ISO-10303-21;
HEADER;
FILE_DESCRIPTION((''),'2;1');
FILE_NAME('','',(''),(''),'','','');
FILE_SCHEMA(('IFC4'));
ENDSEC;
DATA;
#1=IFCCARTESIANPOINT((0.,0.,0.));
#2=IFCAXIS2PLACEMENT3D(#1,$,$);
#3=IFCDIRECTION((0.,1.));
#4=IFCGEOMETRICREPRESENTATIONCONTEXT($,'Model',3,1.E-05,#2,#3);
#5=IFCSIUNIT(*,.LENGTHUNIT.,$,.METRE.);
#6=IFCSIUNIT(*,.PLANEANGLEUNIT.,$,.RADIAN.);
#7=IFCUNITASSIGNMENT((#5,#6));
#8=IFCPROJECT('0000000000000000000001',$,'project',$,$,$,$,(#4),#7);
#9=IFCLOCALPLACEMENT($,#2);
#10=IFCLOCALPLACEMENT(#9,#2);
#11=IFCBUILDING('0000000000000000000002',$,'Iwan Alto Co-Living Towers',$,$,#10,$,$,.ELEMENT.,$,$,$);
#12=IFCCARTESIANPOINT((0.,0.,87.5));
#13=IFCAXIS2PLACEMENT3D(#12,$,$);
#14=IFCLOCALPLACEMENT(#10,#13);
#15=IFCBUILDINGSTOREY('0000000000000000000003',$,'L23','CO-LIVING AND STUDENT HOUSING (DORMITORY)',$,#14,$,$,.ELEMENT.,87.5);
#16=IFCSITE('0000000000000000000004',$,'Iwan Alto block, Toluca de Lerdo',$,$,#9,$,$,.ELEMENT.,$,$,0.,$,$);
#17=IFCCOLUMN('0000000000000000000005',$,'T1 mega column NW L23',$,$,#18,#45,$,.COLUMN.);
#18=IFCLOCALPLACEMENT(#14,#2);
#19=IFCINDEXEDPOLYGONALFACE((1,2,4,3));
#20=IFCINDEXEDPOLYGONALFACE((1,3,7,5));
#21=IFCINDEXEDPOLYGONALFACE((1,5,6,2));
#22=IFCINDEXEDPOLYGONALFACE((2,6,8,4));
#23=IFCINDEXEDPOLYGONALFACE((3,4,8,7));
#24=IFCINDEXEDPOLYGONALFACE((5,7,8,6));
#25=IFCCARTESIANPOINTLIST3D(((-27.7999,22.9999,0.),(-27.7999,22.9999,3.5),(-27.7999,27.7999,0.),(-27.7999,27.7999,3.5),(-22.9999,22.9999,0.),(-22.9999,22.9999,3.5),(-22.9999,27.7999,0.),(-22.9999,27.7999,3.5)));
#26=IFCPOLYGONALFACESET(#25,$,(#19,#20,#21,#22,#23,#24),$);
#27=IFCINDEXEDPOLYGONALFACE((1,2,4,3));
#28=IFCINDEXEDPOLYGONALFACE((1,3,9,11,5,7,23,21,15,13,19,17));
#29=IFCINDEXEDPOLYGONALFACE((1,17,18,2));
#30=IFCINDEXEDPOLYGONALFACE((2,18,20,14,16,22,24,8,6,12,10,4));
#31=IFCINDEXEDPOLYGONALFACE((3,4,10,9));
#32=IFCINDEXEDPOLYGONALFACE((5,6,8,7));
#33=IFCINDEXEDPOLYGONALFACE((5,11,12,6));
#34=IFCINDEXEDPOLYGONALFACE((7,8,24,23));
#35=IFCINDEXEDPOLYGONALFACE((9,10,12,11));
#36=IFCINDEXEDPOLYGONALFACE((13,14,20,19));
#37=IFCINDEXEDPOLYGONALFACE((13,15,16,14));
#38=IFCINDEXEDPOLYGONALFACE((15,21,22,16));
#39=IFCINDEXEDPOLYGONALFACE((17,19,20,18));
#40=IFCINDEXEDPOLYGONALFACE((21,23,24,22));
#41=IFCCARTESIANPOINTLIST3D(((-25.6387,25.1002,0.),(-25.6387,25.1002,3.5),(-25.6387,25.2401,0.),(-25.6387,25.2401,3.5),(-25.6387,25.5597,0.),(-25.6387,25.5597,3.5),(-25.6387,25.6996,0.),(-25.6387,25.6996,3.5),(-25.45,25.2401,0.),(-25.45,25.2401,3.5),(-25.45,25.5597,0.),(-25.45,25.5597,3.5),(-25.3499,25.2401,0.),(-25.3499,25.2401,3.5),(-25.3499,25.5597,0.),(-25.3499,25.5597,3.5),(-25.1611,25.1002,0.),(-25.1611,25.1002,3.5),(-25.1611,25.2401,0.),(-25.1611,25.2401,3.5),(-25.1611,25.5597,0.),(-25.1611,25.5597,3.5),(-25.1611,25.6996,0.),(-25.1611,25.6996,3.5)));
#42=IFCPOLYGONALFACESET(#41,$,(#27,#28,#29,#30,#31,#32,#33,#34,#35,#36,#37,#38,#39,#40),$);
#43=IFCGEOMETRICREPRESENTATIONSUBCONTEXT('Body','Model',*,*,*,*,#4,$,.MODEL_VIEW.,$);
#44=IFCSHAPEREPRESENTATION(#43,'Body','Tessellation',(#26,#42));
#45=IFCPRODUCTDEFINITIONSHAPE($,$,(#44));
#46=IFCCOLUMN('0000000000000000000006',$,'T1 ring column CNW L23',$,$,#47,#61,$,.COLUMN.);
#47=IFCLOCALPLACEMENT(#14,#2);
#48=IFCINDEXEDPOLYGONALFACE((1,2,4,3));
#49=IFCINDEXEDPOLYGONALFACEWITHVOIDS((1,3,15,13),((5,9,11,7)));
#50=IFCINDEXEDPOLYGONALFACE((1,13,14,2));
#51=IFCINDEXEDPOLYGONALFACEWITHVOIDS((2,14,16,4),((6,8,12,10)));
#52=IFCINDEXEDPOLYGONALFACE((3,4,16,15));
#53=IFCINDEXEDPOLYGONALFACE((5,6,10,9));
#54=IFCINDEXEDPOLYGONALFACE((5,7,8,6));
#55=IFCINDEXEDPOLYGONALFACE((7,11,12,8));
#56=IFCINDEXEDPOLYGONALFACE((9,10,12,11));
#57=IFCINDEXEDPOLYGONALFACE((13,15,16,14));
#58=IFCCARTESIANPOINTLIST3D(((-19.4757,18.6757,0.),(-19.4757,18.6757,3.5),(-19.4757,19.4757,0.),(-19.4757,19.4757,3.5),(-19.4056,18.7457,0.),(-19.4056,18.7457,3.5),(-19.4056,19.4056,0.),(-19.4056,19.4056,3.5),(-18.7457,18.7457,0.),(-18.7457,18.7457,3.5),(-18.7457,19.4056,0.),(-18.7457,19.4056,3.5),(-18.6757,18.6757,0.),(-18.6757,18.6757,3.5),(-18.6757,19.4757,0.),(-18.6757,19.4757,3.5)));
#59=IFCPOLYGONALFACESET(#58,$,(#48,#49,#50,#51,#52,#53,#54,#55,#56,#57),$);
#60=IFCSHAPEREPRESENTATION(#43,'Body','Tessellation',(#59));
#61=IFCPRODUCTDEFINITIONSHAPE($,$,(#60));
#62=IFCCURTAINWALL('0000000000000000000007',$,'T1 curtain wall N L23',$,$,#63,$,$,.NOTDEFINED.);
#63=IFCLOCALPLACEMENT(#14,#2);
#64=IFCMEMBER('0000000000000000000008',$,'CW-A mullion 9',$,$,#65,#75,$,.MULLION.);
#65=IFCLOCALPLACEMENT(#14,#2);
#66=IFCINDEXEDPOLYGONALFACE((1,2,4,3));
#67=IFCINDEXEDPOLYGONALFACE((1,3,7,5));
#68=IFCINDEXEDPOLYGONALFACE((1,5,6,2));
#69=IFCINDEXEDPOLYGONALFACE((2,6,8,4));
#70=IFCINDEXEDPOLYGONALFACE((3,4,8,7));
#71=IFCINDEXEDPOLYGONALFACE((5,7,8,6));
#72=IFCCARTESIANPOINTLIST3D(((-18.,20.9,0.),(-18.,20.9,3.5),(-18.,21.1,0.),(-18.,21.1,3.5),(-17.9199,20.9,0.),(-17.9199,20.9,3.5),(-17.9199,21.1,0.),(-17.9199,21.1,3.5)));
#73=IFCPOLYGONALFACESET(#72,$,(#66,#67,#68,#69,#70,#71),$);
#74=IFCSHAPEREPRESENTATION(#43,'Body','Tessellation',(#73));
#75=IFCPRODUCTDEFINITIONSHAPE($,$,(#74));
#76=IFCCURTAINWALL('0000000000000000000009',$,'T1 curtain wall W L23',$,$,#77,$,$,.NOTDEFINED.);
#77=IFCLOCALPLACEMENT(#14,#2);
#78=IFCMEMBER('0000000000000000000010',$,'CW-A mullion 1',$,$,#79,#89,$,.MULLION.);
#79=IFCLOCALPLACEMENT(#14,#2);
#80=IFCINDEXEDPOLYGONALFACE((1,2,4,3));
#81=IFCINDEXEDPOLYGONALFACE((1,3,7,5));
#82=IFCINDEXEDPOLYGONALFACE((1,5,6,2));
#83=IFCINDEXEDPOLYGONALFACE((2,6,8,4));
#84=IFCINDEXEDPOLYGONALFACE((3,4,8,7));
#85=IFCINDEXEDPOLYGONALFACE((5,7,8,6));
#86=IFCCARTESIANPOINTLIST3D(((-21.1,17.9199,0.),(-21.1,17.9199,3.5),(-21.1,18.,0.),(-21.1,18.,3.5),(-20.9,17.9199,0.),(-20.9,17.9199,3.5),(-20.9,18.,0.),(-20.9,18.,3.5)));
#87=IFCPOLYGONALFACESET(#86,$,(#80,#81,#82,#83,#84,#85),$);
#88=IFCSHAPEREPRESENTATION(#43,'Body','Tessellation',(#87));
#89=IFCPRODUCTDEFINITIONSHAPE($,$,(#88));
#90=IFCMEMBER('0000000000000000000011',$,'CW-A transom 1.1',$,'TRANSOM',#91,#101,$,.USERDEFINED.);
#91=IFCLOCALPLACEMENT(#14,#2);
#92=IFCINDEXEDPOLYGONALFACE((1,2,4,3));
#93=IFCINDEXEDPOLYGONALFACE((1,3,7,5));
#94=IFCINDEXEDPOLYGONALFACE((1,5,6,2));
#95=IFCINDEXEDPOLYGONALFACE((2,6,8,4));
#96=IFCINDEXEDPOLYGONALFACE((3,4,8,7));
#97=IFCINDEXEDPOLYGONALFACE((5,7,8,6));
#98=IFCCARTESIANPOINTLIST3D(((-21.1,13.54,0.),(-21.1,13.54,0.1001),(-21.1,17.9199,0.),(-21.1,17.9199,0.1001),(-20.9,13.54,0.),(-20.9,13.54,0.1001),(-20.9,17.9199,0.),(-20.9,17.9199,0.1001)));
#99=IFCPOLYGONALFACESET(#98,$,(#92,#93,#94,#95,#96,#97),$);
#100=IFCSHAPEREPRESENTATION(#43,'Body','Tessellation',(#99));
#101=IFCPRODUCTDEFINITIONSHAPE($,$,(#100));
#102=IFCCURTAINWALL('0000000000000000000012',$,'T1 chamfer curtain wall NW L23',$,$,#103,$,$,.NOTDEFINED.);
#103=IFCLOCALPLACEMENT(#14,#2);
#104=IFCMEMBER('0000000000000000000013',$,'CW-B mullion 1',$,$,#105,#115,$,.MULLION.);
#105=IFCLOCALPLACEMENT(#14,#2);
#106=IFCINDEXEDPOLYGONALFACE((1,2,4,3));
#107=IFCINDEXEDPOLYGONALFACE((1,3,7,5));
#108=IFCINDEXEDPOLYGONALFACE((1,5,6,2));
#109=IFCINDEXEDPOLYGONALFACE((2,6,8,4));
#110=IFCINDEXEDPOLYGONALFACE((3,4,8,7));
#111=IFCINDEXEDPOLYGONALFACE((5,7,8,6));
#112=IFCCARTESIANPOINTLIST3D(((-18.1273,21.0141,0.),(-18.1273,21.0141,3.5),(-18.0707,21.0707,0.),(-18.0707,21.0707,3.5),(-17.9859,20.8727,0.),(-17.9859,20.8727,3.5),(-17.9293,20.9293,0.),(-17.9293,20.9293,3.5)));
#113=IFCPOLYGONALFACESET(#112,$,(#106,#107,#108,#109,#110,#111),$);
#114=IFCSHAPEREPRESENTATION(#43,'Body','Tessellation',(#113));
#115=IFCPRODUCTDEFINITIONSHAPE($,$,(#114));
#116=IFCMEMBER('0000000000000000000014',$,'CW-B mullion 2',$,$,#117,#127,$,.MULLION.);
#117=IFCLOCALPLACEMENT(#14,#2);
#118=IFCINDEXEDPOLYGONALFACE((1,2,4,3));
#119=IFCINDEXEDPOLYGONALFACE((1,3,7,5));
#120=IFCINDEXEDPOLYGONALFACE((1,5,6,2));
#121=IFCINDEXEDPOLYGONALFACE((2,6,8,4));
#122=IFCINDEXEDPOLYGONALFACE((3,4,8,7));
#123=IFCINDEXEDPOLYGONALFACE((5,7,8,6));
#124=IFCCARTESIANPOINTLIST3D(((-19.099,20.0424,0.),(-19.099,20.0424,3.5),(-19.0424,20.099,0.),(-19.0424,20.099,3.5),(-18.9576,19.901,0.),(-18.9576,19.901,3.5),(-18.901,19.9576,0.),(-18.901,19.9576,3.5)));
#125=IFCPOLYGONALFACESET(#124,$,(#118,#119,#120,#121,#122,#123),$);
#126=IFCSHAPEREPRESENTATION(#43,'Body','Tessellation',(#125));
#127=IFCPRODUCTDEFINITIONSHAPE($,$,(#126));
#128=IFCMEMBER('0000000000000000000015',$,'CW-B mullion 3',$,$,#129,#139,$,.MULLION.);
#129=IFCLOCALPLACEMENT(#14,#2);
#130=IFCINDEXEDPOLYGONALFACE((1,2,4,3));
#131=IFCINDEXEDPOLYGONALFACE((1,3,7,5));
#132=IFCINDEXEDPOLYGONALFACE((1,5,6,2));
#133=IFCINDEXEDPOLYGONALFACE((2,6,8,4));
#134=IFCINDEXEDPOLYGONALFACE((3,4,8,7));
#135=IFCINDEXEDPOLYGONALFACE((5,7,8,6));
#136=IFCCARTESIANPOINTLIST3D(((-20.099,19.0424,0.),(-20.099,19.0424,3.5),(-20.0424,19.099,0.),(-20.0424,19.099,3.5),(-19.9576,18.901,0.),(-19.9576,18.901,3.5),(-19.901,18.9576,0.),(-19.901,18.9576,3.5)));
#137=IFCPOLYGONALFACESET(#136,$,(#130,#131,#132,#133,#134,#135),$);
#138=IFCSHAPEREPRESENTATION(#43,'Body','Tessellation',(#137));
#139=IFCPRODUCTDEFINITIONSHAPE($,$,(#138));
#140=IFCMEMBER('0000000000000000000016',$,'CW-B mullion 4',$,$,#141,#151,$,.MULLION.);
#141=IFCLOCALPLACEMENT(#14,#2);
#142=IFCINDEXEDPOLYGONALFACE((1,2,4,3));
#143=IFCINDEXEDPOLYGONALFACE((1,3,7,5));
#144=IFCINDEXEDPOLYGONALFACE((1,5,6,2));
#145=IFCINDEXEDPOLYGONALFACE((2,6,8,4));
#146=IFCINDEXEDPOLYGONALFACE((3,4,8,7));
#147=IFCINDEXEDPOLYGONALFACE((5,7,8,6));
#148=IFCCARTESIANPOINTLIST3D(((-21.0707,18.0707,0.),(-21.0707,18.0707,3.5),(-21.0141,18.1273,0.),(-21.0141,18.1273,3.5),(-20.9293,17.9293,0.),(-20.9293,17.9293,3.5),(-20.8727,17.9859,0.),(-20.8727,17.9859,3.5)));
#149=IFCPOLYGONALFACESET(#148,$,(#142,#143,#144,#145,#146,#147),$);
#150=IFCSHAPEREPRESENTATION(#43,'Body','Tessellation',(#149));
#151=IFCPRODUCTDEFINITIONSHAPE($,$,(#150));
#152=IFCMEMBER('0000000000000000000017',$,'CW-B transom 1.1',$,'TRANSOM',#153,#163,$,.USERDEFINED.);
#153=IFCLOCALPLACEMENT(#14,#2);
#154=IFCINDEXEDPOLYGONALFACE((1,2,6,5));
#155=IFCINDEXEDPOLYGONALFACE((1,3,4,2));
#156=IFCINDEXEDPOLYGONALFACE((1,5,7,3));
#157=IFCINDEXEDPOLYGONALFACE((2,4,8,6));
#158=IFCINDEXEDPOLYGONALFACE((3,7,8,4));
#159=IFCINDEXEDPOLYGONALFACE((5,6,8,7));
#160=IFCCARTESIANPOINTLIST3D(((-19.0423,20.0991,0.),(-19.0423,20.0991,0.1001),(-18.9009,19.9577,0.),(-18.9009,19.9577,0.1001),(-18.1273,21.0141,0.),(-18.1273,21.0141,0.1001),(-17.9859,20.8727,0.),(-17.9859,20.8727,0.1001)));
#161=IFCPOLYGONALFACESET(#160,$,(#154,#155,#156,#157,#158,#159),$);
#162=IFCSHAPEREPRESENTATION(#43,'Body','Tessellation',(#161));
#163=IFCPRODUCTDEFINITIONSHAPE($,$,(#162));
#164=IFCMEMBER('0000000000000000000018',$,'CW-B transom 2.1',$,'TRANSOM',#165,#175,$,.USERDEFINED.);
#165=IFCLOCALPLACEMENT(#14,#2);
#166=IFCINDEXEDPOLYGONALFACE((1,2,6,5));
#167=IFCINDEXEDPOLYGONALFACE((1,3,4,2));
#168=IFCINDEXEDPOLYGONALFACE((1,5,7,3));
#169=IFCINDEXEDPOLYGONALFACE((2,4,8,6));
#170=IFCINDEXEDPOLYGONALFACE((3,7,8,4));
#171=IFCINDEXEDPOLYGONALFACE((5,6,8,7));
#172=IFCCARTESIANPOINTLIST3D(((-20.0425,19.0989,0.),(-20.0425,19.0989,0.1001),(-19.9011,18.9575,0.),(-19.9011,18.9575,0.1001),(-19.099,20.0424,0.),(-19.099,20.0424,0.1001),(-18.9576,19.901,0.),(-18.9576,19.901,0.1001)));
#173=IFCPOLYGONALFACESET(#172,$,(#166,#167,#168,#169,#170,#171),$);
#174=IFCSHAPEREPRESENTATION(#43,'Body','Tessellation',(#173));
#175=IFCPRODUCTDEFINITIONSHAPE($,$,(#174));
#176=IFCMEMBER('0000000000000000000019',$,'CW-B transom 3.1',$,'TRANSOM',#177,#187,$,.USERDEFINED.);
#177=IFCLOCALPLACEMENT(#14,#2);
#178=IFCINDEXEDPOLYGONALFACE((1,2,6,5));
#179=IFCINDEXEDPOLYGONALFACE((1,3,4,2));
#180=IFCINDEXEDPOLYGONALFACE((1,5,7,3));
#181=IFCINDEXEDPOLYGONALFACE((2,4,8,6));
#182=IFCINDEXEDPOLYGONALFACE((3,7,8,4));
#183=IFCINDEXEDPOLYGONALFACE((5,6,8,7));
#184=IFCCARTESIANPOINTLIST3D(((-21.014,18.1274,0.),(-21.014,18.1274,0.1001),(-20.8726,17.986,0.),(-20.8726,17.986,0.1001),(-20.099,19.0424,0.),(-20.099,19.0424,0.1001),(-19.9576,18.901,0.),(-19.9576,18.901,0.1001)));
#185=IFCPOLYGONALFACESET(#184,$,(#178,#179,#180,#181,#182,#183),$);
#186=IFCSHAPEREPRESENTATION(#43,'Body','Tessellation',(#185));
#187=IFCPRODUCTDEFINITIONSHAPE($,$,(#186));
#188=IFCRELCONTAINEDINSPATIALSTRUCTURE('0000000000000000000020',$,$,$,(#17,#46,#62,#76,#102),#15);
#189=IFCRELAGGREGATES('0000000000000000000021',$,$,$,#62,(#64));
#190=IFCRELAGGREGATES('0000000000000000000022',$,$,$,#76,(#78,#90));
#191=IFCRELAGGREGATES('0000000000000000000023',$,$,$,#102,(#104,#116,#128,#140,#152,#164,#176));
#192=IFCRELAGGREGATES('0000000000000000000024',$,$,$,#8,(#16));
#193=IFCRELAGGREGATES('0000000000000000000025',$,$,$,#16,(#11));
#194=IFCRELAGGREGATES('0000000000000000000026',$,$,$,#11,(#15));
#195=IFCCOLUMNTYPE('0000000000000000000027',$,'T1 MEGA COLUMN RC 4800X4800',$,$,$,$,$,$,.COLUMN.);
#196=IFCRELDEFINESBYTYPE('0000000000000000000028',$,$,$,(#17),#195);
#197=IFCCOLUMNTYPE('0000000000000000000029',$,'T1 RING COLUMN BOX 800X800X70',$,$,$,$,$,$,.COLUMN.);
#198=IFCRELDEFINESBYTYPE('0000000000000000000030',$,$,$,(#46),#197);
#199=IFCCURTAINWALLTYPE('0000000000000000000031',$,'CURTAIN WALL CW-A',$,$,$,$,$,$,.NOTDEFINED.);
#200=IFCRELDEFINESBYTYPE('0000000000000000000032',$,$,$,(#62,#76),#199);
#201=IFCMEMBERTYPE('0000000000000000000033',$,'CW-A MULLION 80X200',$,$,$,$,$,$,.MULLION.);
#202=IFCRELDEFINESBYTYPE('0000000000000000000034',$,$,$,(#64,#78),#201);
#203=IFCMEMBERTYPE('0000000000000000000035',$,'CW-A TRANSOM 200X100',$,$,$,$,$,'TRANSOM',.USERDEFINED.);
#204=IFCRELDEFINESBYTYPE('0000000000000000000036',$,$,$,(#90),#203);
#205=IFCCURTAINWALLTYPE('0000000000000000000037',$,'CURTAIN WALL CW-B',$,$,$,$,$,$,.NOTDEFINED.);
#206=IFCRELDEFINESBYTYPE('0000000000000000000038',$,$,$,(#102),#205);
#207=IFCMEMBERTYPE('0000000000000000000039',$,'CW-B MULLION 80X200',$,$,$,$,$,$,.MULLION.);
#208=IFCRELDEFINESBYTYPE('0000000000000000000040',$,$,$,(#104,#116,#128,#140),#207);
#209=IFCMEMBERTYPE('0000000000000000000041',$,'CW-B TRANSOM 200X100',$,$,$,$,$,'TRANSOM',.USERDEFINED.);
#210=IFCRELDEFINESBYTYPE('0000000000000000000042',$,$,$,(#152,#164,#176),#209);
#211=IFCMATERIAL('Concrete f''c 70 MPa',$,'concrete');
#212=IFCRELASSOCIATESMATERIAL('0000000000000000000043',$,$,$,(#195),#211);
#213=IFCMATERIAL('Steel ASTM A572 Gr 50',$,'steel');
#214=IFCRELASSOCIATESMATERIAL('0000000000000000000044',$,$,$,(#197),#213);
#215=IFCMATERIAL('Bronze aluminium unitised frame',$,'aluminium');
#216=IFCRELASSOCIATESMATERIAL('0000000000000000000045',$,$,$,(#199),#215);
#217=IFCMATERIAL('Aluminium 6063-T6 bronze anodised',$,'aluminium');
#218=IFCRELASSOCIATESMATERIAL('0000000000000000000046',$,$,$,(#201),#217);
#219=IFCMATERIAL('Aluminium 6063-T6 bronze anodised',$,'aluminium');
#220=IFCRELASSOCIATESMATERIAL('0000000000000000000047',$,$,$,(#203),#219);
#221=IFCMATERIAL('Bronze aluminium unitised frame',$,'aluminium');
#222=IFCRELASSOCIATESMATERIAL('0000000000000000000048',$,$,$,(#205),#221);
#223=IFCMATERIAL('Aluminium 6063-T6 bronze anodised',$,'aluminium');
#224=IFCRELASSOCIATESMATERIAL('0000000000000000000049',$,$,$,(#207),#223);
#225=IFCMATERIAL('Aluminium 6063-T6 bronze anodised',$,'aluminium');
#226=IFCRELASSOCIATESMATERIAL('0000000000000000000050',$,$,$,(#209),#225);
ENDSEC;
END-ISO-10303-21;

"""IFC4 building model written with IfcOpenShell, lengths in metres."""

from ifc_helpers import new_model, si_unit, direction, frame, origin, origin_2d, place, context, subcontext, project, spatial, rectangle, hollow_rectangle, i_section, extrude, material, material_profile, profile_set, type_object, element, aggregate, save


model = new_model("IFC4")

# Units and contexts
model_context = context("Model", 3, precision=1e-05, world=origin(), true_north=direction((0.0, 1.0)))
body_context = subcontext(model_context, "Body", "Model", "MODEL_VIEW")
ifc_project = project(units=[si_unit("LENGTHUNIT", "METRE"), si_unit("PLANEANGLEUNIT", "RADIAN")], contexts=[model_context])

# Site, building, storey
site_placement = place(None, origin())
site = spatial("IfcSite", under=ifc_project, at=site_placement, Name="Iwan Alto block, Toluca de Lerdo", CompositionType="ELEMENT", RefElevation=0.0)
building_placement = place(site_placement, origin())
building = spatial("IfcBuilding", under=site, at=building_placement, Name="Iwan Alto Co-Living Towers", CompositionType="ELEMENT")
storey_placement = place(building_placement, frame((0.0, 0.0, 87.5)))
storey = spatial("IfcBuildingStorey", under=building, at=storey_placement, Name="L23", Description="CO-LIVING AND STUDENT HOUSING (DORMITORY)", CompositionType="ELEMENT", Elevation=87.5)

# Columns
ifc_material_1 = material(Name="Concrete f'c 70 MPa", Category="concrete")
ifc_material_profile_1 = material_profile(ifc_material_1, rectangle(XDim=4.8, YDim=4.8, at=origin_2d()), Name="RC 4800X4800")
ifc_profile_set_1 = profile_set([ifc_material_profile_1], Name="Concrete f'c 70 MPa")
column_type_1 = type_object("IfcColumnType", Name="T1 MEGA COLUMN RC 4800X4800", PredefinedType="COLUMN", material=ifc_profile_set_1)
column_1_placement = place(storey_placement, frame((-25.3999, 25.3999, 0.0), z_axis=(0.0, 0.0, 1.0), x_axis=(1.0, 0.0, 0.0)))
element("IfcColumn", 1, at=column_1_placement, inside=storey, type_object=column_type_1, Name="T1 mega column NW L23", PredefinedType="COLUMN", context=body_context, shape_type="SweptSolid", body=[
    extrude(rectangle(XDim=4.8, YDim=4.8, at=origin_2d()), origin(), (0.0, 0.0, 1.0), 3.5),
    extrude(i_section(OverallWidth=0.4775, OverallDepth=0.5994, WebThickness=0.1001, FlangeThickness=0.1399, at=origin_2d()), origin(), (0.0, 0.0, 1.0), 3.5),
])
ifc_material_2 = material(Name="Steel ASTM A572 Gr 50", Category="steel")
ifc_material_profile_2 = material_profile(ifc_material_2, hollow_rectangle(XDim=0.8, YDim=0.8, WallThickness=0.0701, at=origin_2d()), Name="BOX 800X800X70")
ifc_profile_set_2 = profile_set([ifc_material_profile_2], Name="Steel ASTM A572 Gr 50")
column_type_2 = type_object("IfcColumnType", Name="T1 RING COLUMN BOX 800X800X70", PredefinedType="COLUMN", material=ifc_profile_set_2)
column_2_placement = place(storey_placement, frame((-19.0757, 19.0757, 0.0), z_axis=(0.0, 0.0, 1.0), x_axis=(1.0, 0.0, 0.0)))
element("IfcColumn", 2, at=column_2_placement, inside=storey, type_object=column_type_2, Name="T1 ring column CNW L23", PredefinedType="COLUMN", context=body_context, shape_type="SweptSolid", body=[
    extrude(hollow_rectangle(XDim=0.8, YDim=0.8, WallThickness=0.0701, at=origin_2d()), origin(), (0.0, 0.0, 1.0), 3.5),
])

# Curtain wall, member
ifc_material_3 = material(Name="Bronze aluminium unitised frame", Category="aluminium")
curtain_wall_type_1 = type_object("IfcCurtainWallType", Name="CURTAIN WALL CW-A", PredefinedType="NOTDEFINED", material=ifc_material_3)
curtain_wall_1_placement = place(storey_placement, origin())
curtain_wall_1 = element("IfcCurtainWall", 3, at=curtain_wall_1_placement, inside=storey, type_object=curtain_wall_type_1, Name="T1 curtain wall N L23", PredefinedType="NOTDEFINED")
ifc_material_4 = material(Name="Aluminium 6063-T6 bronze anodised", Category="aluminium")
ifc_material_profile_3 = material_profile(ifc_material_4, rectangle(XDim=0.2, YDim=0.0801, at=origin_2d()), Name="AL 80X200")
ifc_profile_set_3 = profile_set([ifc_material_profile_3], Name="Aluminium 6063-T6 bronze anodised")
member_type_1 = type_object("IfcMemberType", Name="CW-A MULLION 80X200", PredefinedType="MULLION", material=ifc_profile_set_3)
member_1_placement = place(storey_placement, frame((-17.96, 21.0, 0.0), z_axis=(0.0, 0.0, 1.0), x_axis=(0.0, -1.0, 0.0)))
member_1 = element("IfcMember", 4, at=member_1_placement, type_object=member_type_1, Name="CW-A mullion 9", PredefinedType="MULLION", context=body_context, shape_type="SweptSolid", body=[
    extrude(rectangle(XDim=0.2, YDim=0.0801, at=origin_2d()), origin(), (0.0, 0.0, 1.0), 3.5),
])

# Curtain walls, members
curtain_wall_2_placement = place(storey_placement, origin())
curtain_wall_2 = element("IfcCurtainWall", 5, at=curtain_wall_2_placement, inside=storey, type_object=curtain_wall_type_1, Name="T1 curtain wall W L23", PredefinedType="NOTDEFINED")
member_2_placement = place(storey_placement, frame((-21.0, 17.96, 0.0), z_axis=(0.0, 0.0, 1.0), x_axis=(1.0, 0.0, 0.0)))
member_2 = element("IfcMember", 6, at=member_2_placement, type_object=member_type_1, Name="CW-A mullion 1", PredefinedType="MULLION", context=body_context, shape_type="SweptSolid", body=[
    extrude(rectangle(XDim=0.2, YDim=0.0801, at=origin_2d()), origin(), (0.0, 0.0, 1.0), 3.5),
])
ifc_material_5 = material(Name="Aluminium 6063-T6 bronze anodised", Category="aluminium")
ifc_material_profile_4 = material_profile(ifc_material_5, rectangle(XDim=0.2, YDim=0.1001, at=origin_2d()), Name="AL 200X100")
ifc_profile_set_4 = profile_set([ifc_material_profile_4], Name="Aluminium 6063-T6 bronze anodised")
member_type_2 = type_object("IfcMemberType", Name="CW-A TRANSOM 200X100", ElementType="TRANSOM", PredefinedType="USERDEFINED", material=ifc_profile_set_4)
member_3_placement = place(storey_placement, frame((-21.0, 17.9199, 0.05), z_axis=(0.0, -1.0, 0.0), x_axis=(1.0, 0.0, 0.0)))
member_3 = element("IfcMember", 7, at=member_3_placement, type_object=member_type_2, Name="CW-A transom 1.1", ObjectType="TRANSOM", PredefinedType="USERDEFINED", context=body_context, shape_type="SweptSolid", body=[
    extrude(rectangle(XDim=0.2, YDim=0.1001, at=origin_2d()), origin(), (0.0, 0.0, 1.0), 4.3799),
])
ifc_material_6 = material(Name="Bronze aluminium unitised frame", Category="aluminium")
curtain_wall_type_2 = type_object("IfcCurtainWallType", Name="CURTAIN WALL CW-B", PredefinedType="NOTDEFINED", material=ifc_material_6)
curtain_wall_3_placement = place(storey_placement, origin())
curtain_wall_3 = element("IfcCurtainWall", 8, at=curtain_wall_3_placement, inside=storey, type_object=curtain_wall_type_2, Name="T1 chamfer curtain wall NW L23", PredefinedType="NOTDEFINED")
ifc_material_7 = material(Name="Aluminium 6063-T6 bronze anodised", Category="aluminium")
ifc_material_profile_5 = material_profile(ifc_material_7, rectangle(XDim=0.2, YDim=0.0801, at=origin_2d()), Name="AL 80X200")
ifc_profile_set_5 = profile_set([ifc_material_profile_5], Name="Aluminium 6063-T6 bronze anodised")
member_type_3 = type_object("IfcMemberType", Name="CW-B MULLION 80X200", PredefinedType="MULLION", material=ifc_profile_set_5)
member_4_placement = place(storey_placement, frame((-18.0283, 20.9717, 0.0), z_axis=(0.0, 0.0, 1.0), x_axis=(0.707107, -0.707107, 0.0)))
member_4 = element("IfcMember", 9, at=member_4_placement, type_object=member_type_3, Name="CW-B mullion 1", PredefinedType="MULLION", context=body_context, shape_type="SweptSolid", body=[
    extrude(rectangle(XDim=0.2, YDim=0.0801, at=origin_2d()), origin(), (0.0, 0.0, 1.0), 3.5),
])
member_5_placement = place(storey_placement, frame((-19.0, 20.0, 0.0), z_axis=(0.0, 0.0, 1.0), x_axis=(0.707107, -0.707107, 0.0)))
member_5 = element("IfcMember", 10, at=member_5_placement, type_object=member_type_3, Name="CW-B mullion 2", PredefinedType="MULLION", context=body_context, shape_type="SweptSolid", body=[
    extrude(rectangle(XDim=0.2, YDim=0.0801, at=origin_2d()), origin(), (0.0, 0.0, 1.0), 3.5),
])
member_6_placement = place(storey_placement, frame((-20.0, 19.0, 0.0), z_axis=(0.0, 0.0, 1.0), x_axis=(0.707107, -0.707107, 0.0)))
member_6 = element("IfcMember", 11, at=member_6_placement, type_object=member_type_3, Name="CW-B mullion 3", PredefinedType="MULLION", context=body_context, shape_type="SweptSolid", body=[
    extrude(rectangle(XDim=0.2, YDim=0.0801, at=origin_2d()), origin(), (0.0, 0.0, 1.0), 3.5),
])
member_7_placement = place(storey_placement, frame((-20.9717, 18.0283, 0.0), z_axis=(0.0, 0.0, 1.0), x_axis=(0.707107, -0.707107, 0.0)))
member_7 = element("IfcMember", 12, at=member_7_placement, type_object=member_type_3, Name="CW-B mullion 4", PredefinedType="MULLION", context=body_context, shape_type="SweptSolid", body=[
    extrude(rectangle(XDim=0.2, YDim=0.0801, at=origin_2d()), origin(), (0.0, 0.0, 1.0), 3.5),
])
ifc_material_8 = material(Name="Aluminium 6063-T6 bronze anodised", Category="aluminium")
ifc_material_profile_6 = material_profile(ifc_material_8, rectangle(XDim=0.2, YDim=0.1001, at=origin_2d()), Name="AL 200X100")
ifc_profile_set_6 = profile_set([ifc_material_profile_6], Name="Aluminium 6063-T6 bronze anodised")
member_type_4 = type_object("IfcMemberType", Name="CW-B TRANSOM 200X100", ElementType="TRANSOM", PredefinedType="USERDEFINED", material=ifc_profile_set_6)
member_8_placement = place(storey_placement, frame((-18.0566, 20.9434, 0.05), z_axis=(-0.707107, -0.707107, 0.0), x_axis=(0.707107, -0.707107, 0.0)))
member_8 = element("IfcMember", 13, at=member_8_placement, type_object=member_type_4, Name="CW-B transom 1.1", ObjectType="TRANSOM", PredefinedType="USERDEFINED", context=body_context, shape_type="SweptSolid", body=[
    extrude(rectangle(XDim=0.2, YDim=0.1001, at=origin_2d()), origin(), (0.0, 0.0, 1.0), 1.2939),
])
member_9_placement = place(storey_placement, frame((-19.0283, 19.9717, 0.05), z_axis=(-0.707107, -0.707107, 0.0), x_axis=(0.707107, -0.707107, 0.0)))
member_9 = element("IfcMember", 14, at=member_9_placement, type_object=member_type_4, Name="CW-B transom 2.1", ObjectType="TRANSOM", PredefinedType="USERDEFINED", context=body_context, shape_type="SweptSolid", body=[
    extrude(rectangle(XDim=0.2, YDim=0.1001, at=origin_2d()), origin(), (0.0, 0.0, 1.0), 1.3342),
])
member_10_placement = place(storey_placement, frame((-20.0283, 18.9717, 0.05), z_axis=(-0.707107, -0.707107, 0.0), x_axis=(0.707107, -0.707107, 0.0)))
member_10 = element("IfcMember", 15, at=member_10_placement, type_object=member_type_4, Name="CW-B transom 3.1", ObjectType="TRANSOM", PredefinedType="USERDEFINED", context=body_context, shape_type="SweptSolid", body=[
    extrude(rectangle(XDim=0.2, YDim=0.1001, at=origin_2d()), origin(), (0.0, 0.0, 1.0), 1.2939),
])

aggregate(curtain_wall_1, [member_1])
aggregate(curtain_wall_2, [member_2, member_3])
aggregate(curtain_wall_3, [member_4, member_5, member_6, member_7, member_8, member_9, member_10])

save(model, "model.ifc")
